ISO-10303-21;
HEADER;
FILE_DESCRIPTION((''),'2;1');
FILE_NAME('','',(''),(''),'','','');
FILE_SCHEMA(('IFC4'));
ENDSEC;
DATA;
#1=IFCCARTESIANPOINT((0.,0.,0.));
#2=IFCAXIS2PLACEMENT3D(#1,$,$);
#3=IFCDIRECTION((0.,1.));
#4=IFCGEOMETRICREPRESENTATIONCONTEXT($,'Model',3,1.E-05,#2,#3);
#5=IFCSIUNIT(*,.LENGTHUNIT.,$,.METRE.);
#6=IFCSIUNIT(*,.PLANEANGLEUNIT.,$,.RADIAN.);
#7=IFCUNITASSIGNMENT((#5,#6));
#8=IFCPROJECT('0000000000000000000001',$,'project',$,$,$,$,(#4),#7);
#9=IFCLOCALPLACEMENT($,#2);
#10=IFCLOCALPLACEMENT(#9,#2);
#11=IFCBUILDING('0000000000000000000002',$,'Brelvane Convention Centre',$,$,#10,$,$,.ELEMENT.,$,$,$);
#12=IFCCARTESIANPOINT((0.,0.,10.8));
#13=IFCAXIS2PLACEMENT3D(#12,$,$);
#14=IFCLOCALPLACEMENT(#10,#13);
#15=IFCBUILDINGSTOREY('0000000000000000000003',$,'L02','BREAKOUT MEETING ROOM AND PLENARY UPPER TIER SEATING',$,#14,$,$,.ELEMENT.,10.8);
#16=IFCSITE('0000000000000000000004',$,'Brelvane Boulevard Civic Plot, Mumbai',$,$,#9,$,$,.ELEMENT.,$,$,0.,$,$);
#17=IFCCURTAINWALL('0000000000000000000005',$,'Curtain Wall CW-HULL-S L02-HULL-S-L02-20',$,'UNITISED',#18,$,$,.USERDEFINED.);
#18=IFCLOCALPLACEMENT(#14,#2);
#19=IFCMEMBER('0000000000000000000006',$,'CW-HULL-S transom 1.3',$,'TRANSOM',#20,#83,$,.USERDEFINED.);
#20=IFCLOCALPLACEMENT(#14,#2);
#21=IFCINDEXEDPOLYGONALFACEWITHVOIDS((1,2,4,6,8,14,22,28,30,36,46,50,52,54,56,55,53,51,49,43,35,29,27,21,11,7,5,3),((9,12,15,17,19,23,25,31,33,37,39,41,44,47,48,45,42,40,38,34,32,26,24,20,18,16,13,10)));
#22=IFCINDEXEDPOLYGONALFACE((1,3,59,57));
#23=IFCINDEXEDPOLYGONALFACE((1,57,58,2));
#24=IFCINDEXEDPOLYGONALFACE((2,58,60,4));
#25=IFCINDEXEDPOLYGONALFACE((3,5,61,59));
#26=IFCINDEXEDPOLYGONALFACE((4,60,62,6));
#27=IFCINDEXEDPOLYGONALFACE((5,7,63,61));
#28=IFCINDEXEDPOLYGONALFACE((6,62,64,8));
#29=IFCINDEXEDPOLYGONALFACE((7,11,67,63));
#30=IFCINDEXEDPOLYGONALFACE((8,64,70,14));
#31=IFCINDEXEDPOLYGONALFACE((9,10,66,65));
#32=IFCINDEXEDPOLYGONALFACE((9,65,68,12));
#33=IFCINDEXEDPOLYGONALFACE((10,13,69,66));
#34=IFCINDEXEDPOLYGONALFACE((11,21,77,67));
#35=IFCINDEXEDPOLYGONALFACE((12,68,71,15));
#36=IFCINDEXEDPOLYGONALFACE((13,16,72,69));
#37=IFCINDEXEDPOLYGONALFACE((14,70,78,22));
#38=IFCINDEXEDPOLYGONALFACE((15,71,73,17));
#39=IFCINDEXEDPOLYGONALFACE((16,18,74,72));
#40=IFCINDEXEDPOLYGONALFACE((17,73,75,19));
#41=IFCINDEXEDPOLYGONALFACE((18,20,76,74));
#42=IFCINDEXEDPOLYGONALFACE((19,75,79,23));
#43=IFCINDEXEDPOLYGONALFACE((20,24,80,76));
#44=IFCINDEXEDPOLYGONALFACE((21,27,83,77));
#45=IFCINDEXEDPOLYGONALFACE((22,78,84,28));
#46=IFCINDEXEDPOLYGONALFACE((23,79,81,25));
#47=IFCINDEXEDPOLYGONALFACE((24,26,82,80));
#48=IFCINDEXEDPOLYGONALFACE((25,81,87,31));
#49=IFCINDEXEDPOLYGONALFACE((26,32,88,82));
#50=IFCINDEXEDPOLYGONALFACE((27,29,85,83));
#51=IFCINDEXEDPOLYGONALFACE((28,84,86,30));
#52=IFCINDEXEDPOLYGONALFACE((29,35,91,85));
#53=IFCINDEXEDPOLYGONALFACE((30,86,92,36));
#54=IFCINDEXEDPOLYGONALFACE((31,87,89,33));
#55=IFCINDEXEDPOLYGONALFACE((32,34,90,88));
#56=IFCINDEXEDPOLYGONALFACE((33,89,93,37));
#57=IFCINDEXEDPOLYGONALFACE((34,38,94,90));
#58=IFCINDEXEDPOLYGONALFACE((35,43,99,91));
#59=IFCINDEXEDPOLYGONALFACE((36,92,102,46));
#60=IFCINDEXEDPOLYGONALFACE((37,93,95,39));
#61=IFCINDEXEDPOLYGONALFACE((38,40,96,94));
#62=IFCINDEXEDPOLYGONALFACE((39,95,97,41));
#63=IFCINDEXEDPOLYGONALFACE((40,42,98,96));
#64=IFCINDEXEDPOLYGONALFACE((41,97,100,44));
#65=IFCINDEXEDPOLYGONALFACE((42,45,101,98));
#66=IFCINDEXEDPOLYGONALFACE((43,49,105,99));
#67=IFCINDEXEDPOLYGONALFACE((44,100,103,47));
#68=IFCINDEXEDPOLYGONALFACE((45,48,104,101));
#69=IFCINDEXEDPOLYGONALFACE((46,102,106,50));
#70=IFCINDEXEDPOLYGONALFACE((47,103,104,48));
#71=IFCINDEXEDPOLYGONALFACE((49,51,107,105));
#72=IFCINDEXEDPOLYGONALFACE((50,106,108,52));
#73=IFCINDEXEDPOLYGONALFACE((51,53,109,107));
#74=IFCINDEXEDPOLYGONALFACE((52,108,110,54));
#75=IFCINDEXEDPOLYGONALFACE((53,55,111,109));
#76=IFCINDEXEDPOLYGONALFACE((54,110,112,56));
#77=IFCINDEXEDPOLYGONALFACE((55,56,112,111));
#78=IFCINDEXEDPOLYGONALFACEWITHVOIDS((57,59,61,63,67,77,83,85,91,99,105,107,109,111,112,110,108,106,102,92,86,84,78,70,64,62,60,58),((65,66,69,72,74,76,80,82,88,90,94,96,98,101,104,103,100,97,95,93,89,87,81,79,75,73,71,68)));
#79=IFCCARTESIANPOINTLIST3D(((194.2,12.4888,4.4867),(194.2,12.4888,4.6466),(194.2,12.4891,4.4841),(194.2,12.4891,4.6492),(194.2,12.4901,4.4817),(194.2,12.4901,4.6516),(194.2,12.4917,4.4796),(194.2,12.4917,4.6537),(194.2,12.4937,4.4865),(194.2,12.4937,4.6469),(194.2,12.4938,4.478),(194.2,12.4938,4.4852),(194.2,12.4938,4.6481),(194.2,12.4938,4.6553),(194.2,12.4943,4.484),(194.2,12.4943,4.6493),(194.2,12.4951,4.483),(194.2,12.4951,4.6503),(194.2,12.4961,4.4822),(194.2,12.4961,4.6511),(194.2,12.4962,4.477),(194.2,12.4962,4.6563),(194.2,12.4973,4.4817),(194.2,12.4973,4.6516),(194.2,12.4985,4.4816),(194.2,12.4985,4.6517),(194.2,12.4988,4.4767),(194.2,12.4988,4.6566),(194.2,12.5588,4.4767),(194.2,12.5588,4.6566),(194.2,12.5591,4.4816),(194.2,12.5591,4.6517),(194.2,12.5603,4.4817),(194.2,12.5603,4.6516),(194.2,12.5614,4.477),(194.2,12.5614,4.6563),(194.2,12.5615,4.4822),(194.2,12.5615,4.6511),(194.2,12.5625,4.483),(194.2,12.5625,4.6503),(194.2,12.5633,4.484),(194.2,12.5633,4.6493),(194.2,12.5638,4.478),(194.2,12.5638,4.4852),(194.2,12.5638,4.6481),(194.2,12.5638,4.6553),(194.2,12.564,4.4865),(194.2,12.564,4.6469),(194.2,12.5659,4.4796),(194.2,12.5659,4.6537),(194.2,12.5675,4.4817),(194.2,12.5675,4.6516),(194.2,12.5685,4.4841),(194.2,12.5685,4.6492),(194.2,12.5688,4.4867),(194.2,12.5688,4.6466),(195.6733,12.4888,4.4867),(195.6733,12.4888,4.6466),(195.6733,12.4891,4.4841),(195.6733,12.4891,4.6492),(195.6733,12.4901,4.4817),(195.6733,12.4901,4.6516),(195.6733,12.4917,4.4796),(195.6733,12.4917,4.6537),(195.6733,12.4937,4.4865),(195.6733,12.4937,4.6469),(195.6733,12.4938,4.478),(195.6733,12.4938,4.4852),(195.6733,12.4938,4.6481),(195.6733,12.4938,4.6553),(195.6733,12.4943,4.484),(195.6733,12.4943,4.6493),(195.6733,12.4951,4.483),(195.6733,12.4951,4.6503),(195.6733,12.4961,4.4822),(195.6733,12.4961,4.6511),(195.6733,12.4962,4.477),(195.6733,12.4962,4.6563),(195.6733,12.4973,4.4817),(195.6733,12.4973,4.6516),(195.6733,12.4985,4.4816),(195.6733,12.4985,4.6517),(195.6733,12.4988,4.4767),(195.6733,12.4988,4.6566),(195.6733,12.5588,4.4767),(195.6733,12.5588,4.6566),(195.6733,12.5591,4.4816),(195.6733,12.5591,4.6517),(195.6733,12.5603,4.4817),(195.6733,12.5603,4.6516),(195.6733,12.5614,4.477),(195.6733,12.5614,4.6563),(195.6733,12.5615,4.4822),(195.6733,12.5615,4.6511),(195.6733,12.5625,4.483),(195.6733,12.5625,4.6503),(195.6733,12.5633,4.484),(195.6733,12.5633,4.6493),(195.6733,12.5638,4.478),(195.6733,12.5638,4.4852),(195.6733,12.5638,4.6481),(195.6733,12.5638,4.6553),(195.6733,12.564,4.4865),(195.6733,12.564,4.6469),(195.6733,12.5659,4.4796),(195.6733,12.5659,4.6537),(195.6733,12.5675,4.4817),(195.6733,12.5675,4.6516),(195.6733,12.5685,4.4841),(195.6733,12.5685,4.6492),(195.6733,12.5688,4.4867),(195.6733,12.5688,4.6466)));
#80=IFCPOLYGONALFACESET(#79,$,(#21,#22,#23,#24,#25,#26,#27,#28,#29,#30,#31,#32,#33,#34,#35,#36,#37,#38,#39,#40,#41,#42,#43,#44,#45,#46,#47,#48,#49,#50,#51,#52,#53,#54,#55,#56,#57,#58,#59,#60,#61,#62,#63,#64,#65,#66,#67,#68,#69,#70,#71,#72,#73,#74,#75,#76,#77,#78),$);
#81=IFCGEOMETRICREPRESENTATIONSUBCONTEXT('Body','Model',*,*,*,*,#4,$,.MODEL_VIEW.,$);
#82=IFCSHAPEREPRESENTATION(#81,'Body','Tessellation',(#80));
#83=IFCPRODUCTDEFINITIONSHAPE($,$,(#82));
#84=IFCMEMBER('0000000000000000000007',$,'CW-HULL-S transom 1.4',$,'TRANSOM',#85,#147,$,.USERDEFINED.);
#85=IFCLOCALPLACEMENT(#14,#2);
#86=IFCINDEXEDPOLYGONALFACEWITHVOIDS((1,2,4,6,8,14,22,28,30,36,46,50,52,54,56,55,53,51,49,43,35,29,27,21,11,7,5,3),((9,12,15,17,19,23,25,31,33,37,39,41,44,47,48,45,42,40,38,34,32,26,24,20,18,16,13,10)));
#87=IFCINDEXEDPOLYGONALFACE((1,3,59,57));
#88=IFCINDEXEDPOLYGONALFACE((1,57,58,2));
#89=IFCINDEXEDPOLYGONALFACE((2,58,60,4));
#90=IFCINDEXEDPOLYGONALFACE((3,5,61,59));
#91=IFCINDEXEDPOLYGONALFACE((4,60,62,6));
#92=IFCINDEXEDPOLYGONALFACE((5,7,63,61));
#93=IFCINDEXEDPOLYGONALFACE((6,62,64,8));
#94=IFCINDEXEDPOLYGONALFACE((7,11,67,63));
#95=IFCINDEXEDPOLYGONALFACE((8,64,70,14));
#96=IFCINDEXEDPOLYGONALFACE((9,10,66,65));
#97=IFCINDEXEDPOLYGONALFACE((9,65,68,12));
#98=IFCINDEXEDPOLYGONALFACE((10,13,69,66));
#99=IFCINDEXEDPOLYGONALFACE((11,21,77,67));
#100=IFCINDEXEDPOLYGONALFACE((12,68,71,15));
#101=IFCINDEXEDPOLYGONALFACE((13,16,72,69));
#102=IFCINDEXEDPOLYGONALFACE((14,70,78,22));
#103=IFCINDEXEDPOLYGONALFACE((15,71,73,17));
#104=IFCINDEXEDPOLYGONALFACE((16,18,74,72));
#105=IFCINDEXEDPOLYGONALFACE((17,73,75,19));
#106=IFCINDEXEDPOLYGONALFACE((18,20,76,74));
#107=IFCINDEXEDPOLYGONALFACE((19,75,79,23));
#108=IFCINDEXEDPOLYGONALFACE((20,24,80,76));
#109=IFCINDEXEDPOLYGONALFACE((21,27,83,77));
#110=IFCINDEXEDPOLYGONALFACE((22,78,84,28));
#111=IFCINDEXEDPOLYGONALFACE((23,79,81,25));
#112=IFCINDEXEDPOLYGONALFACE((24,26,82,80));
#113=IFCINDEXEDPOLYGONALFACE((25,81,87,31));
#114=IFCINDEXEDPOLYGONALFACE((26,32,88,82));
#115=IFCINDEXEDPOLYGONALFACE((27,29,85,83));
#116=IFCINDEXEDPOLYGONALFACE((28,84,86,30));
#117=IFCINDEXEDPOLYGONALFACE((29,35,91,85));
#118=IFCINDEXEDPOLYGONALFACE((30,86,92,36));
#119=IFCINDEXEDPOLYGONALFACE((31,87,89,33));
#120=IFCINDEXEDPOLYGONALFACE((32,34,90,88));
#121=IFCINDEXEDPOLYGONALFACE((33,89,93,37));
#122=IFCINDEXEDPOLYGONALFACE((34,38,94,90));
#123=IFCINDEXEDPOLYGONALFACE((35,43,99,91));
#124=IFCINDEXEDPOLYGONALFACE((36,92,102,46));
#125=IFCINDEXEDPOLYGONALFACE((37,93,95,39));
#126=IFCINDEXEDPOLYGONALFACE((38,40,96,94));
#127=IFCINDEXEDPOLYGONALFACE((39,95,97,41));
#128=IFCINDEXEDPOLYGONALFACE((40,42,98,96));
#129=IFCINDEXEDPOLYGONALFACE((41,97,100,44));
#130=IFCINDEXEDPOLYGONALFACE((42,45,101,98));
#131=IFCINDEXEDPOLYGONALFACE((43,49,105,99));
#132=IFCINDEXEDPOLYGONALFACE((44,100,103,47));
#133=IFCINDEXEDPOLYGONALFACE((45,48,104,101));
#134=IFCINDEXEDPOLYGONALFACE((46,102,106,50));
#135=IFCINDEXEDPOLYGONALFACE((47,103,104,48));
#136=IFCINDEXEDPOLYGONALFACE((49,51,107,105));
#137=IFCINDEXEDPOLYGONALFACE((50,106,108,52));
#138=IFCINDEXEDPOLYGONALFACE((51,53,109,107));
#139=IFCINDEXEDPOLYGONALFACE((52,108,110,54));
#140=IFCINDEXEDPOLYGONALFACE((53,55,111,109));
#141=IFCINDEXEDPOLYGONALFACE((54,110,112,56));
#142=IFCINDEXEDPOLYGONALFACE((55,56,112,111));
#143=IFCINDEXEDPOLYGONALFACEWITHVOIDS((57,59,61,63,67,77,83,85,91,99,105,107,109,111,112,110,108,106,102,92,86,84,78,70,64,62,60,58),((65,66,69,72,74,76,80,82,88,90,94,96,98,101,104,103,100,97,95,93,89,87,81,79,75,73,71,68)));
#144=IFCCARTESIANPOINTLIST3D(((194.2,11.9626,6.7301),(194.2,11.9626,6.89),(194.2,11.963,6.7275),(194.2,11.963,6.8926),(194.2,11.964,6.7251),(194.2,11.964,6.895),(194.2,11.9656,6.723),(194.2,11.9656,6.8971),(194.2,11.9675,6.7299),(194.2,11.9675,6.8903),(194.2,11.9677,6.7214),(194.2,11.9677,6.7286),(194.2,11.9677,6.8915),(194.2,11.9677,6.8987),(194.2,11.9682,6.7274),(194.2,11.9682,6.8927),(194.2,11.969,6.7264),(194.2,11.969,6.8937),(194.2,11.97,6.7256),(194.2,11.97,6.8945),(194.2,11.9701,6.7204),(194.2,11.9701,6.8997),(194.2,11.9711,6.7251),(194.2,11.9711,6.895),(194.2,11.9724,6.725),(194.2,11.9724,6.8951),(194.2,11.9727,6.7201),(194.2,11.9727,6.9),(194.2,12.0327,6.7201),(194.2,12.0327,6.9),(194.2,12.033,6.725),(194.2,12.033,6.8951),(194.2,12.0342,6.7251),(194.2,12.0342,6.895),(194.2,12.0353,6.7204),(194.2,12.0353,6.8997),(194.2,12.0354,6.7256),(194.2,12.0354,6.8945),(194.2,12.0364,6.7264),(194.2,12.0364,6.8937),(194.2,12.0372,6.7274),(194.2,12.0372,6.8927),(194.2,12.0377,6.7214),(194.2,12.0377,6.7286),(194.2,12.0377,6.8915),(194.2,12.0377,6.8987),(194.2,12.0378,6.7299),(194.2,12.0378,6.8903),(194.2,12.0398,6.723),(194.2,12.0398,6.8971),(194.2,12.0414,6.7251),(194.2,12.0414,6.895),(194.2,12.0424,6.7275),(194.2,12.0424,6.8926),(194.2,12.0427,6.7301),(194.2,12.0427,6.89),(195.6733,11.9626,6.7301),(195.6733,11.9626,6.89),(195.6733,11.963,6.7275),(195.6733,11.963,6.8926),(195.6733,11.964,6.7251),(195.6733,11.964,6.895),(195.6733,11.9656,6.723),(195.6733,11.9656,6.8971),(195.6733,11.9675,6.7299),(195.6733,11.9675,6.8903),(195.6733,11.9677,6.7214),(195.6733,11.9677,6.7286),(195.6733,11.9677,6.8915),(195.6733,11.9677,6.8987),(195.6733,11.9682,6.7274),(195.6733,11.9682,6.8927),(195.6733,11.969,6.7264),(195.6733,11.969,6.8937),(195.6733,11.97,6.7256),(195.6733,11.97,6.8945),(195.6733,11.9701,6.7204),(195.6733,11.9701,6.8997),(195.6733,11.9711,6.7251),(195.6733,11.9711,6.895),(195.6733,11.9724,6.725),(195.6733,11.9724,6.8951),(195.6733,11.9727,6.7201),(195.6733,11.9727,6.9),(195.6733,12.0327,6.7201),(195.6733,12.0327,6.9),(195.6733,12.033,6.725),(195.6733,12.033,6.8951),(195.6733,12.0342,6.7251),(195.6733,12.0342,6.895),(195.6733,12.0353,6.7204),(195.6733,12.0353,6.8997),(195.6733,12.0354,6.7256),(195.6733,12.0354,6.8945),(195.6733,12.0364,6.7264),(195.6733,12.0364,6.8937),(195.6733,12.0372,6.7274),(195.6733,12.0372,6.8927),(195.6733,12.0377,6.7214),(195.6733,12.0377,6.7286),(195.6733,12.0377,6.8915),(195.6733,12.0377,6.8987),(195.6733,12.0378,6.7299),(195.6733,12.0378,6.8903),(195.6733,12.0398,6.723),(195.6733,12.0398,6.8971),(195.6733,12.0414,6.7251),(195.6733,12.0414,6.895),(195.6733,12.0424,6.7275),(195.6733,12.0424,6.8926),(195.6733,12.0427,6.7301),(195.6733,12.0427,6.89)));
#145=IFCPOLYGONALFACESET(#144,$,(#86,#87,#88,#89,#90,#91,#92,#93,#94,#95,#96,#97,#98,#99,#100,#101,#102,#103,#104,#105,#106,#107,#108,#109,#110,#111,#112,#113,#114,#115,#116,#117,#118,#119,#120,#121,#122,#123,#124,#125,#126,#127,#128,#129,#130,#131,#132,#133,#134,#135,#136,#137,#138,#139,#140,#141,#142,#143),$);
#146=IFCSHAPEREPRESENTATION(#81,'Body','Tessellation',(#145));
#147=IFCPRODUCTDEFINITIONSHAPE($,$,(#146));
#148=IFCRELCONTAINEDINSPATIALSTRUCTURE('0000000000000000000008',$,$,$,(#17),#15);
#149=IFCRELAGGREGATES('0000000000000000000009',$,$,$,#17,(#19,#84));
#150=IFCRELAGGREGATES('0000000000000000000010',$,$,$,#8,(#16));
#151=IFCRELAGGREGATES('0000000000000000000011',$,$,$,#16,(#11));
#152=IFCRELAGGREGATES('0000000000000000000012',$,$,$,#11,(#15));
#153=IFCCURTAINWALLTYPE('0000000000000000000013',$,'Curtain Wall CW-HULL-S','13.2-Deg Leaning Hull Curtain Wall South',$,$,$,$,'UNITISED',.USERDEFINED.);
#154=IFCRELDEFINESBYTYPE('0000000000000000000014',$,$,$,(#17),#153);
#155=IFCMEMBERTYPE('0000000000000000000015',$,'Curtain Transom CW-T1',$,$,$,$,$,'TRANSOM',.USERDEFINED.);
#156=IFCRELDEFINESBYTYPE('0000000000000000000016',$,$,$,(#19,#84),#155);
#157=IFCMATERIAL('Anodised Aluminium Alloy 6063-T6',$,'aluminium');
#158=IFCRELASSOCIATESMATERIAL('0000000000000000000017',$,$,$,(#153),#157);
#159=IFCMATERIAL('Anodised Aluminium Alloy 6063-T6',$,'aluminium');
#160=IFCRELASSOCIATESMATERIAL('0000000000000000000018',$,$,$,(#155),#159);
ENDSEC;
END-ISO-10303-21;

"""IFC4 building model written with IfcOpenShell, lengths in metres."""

from ifc_helpers import new_model, si_unit, direction, frame, origin, origin_2d, place, context, subcontext, project, spatial, hollow_rectangle, extrude, material, material_profile, profile_set, type_object, element, aggregate, save


model = new_model("IFC4")

# Units and contexts
model_context = context("Model", 3, precision=1e-05, world=origin(), true_north=direction((0.0, 1.0)))
body_context = subcontext(model_context, "Body", "Model", "MODEL_VIEW")
ifc_project = project(units=[si_unit("LENGTHUNIT", "METRE"), si_unit("PLANEANGLEUNIT", "RADIAN")], contexts=[model_context])

# Site, building, storey
site_placement = place(None, origin())
site = spatial("IfcSite", under=ifc_project, at=site_placement, Name="Brelvane Boulevard Civic Plot, Mumbai", CompositionType="ELEMENT", RefElevation=0.0)
building_placement = place(site_placement, origin())
building = spatial("IfcBuilding", under=site, at=building_placement, Name="Brelvane Convention Centre", CompositionType="ELEMENT")
storey_placement = place(building_placement, frame((0.0, 0.0, 10.8)))
storey = spatial("IfcBuildingStorey", under=building, at=storey_placement, Name="L02", Description="BREAKOUT MEETING ROOM AND PLENARY UPPER TIER SEATING", CompositionType="ELEMENT", Elevation=10.8)

# Curtain wall, members
ifc_material_1 = material(Name="Anodised Aluminium Alloy 6063-T6", Category="aluminium")
curtain_wall_type = type_object("IfcCurtainWallType", Name="Curtain Wall CW-HULL-S", Description="13.2-Deg Leaning Hull Curtain Wall South", ElementType="UNITISED", PredefinedType="USERDEFINED", material=ifc_material_1)
ifc_material_2 = material(Name="Anodised Aluminium Alloy 6063-T6", Category="aluminium")
ifc_material_profile = material_profile(ifc_material_2, hollow_rectangle(XDim=0.0801, YDim=0.1799, WallThickness=0.0049, InnerFilletRadius=0.0049, OuterFilletRadius=0.01, at=origin_2d()), Name="ALU-T 180x80x5.0")
ifc_profile_set = profile_set([ifc_material_profile], Name="Anodised Aluminium Alloy 6063-T6")
member_type = type_object("IfcMemberType", Name="Curtain Transom CW-T1", ElementType="TRANSOM", PredefinedType="USERDEFINED", material=ifc_profile_set)
curtain_wall_1_placement = place(storey_placement, origin())
curtain_wall_1 = element("IfcCurtainWall", 1, at=curtain_wall_1_placement, inside=storey, type_object=curtain_wall_type, Name="Curtain Wall CW-HULL-S L02-HULL-S-L02-20", ObjectType="UNITISED", PredefinedType="USERDEFINED")
member_1_placement = place(storey_placement, frame((194.2, 12.5288, 4.5667), z_axis=(1.0, 0.0, 0.0), x_axis=(0.0, 1.0, 0.0)))
member_1 = element("IfcMember", 2, at=member_1_placement, type_object=member_type, Name="CW-HULL-S transom 1.3", ObjectType="TRANSOM", PredefinedType="USERDEFINED", context=body_context, shape_type="SweptSolid", body=[
    extrude(hollow_rectangle(XDim=0.0801, YDim=0.1799, WallThickness=0.0049, InnerFilletRadius=0.0049, OuterFilletRadius=0.01, at=origin_2d()), origin(), (0.0, 0.0, 1.0), 1.4734),
])
member_2_placement = place(storey_placement, frame((194.2, 12.0027, 6.8101), z_axis=(1.0, 0.0, 0.0), x_axis=(0.0, 1.0, 0.0)))
member_2 = element("IfcMember", 3, at=member_2_placement, type_object=member_type, Name="CW-HULL-S transom 1.4", ObjectType="TRANSOM", PredefinedType="USERDEFINED", context=body_context, shape_type="SweptSolid", body=[
    extrude(hollow_rectangle(XDim=0.0801, YDim=0.1799, WallThickness=0.0049, InnerFilletRadius=0.0049, OuterFilletRadius=0.01, at=origin_2d()), origin(), (0.0, 0.0, 1.0), 1.4734),
])

aggregate(curtain_wall_1, [member_1, member_2])

save(model, "model.ifc")
